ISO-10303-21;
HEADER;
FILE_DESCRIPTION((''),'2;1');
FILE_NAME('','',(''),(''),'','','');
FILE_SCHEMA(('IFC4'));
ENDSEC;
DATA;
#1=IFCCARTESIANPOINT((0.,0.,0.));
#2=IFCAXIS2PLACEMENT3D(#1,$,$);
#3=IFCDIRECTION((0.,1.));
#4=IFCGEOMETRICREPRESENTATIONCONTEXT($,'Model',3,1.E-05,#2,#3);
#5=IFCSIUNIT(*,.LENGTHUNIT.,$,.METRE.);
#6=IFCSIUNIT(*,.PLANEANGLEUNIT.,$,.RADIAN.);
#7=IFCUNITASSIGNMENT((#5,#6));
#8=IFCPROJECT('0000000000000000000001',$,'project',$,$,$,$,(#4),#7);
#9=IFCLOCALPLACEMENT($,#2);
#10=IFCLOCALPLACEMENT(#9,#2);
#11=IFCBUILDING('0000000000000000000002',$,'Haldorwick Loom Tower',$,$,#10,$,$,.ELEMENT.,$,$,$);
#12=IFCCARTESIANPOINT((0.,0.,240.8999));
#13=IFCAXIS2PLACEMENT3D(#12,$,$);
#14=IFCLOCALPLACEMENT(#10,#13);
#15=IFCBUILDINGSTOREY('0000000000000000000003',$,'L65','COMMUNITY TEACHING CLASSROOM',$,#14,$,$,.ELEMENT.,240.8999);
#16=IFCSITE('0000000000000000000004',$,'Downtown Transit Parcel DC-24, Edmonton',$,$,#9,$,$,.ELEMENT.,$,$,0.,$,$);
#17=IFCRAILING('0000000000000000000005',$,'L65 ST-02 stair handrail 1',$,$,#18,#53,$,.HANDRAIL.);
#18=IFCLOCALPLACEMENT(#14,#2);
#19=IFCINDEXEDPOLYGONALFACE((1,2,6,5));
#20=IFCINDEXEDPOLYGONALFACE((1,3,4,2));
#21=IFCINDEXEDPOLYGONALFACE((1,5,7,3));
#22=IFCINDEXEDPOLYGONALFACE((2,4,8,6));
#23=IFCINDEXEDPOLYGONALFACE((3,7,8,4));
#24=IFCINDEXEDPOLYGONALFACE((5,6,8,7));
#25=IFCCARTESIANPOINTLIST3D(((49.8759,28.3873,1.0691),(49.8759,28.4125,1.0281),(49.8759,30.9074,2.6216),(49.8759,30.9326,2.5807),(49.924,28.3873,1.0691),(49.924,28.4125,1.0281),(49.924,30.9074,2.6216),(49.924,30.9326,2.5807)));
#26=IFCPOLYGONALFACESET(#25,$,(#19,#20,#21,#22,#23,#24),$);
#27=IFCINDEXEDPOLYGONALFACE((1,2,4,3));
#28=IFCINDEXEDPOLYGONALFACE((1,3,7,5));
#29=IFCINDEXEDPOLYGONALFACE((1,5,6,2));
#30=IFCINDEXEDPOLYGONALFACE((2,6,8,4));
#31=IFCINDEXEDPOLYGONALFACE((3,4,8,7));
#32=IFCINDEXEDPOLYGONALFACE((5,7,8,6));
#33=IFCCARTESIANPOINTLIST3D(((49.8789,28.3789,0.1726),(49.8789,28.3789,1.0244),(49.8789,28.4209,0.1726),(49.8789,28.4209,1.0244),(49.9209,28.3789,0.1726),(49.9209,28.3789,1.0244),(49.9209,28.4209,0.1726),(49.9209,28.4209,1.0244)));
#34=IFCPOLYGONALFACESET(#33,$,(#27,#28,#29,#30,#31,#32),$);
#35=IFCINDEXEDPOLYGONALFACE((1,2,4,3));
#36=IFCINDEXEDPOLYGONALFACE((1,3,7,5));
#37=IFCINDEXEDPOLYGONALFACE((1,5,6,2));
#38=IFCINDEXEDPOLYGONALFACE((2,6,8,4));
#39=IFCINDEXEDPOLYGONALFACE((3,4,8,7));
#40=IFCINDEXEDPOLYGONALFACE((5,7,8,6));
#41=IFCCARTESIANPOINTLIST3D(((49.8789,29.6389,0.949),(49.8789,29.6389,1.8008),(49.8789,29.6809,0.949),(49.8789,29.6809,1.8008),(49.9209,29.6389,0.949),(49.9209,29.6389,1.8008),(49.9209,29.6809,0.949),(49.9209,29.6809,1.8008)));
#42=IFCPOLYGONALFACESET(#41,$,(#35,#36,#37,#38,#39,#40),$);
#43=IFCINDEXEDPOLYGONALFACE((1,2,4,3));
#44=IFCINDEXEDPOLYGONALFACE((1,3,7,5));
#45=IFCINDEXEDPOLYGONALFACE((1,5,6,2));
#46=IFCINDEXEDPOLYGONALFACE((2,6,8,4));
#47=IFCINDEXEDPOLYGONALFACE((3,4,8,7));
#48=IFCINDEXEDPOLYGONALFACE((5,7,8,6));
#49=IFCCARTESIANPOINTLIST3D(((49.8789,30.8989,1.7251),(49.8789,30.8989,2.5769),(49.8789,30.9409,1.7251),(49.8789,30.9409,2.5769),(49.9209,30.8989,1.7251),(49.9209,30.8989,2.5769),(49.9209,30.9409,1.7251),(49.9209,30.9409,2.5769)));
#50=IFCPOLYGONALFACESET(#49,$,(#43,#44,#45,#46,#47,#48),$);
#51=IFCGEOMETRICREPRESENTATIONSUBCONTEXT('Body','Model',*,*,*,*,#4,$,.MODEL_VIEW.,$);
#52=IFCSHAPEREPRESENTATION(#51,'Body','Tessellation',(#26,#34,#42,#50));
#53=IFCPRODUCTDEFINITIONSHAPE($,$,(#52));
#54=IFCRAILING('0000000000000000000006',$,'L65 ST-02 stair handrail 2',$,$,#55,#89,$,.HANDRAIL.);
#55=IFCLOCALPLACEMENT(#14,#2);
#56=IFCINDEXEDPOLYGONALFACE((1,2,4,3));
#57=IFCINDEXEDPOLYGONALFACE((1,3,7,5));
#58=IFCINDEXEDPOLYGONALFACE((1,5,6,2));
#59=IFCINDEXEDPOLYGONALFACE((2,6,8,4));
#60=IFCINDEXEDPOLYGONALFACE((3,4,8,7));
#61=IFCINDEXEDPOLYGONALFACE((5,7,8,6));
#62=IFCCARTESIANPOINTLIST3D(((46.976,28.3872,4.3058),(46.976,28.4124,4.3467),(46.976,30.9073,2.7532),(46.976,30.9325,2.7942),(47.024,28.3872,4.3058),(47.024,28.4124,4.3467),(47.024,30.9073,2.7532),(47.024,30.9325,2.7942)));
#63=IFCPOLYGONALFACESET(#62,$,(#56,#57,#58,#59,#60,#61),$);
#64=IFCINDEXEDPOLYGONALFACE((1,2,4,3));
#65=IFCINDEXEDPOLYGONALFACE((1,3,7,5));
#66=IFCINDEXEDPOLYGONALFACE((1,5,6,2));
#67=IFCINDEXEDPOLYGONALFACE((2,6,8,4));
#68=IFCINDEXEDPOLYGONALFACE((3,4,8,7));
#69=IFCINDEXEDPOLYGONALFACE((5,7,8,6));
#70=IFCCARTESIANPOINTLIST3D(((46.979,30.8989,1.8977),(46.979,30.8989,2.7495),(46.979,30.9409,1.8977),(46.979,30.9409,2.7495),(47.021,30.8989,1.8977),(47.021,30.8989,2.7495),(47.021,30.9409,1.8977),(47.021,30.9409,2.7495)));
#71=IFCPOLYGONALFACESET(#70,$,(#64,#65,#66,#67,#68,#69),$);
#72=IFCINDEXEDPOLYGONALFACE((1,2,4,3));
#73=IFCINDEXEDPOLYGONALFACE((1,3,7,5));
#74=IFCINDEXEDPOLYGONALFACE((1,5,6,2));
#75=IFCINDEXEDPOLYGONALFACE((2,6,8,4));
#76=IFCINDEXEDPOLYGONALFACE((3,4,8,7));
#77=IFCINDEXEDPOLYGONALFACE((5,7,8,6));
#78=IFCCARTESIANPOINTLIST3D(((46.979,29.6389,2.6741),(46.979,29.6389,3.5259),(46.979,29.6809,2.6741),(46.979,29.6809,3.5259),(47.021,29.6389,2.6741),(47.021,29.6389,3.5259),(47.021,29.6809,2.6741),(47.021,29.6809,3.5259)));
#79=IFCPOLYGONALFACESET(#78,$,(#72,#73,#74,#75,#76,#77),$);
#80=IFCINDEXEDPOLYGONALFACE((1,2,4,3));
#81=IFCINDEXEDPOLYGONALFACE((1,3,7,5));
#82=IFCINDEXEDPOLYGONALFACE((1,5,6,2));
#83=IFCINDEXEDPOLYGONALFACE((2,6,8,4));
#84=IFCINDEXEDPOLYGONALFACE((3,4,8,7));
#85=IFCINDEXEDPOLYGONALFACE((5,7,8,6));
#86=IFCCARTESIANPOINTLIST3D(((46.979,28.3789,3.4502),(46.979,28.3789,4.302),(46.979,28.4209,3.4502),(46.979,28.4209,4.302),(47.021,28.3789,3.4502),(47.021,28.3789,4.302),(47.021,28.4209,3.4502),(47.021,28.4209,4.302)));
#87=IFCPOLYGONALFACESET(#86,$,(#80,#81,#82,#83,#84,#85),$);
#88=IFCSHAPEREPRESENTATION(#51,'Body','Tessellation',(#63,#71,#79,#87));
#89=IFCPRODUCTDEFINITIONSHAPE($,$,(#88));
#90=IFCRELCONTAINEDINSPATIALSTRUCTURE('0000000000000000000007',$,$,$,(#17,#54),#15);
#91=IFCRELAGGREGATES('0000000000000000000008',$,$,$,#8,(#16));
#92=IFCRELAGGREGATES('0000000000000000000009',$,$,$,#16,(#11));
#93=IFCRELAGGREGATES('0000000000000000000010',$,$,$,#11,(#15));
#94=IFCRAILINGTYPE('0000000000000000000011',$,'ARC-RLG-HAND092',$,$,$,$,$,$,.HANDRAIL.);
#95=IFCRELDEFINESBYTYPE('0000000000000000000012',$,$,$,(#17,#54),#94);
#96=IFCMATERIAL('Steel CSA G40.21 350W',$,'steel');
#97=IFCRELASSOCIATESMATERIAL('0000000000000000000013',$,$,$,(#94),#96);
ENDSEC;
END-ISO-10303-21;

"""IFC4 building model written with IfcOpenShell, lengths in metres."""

from ifc_helpers import new_model, si_unit, direction, frame, origin, origin_2d, place, context, subcontext, project, spatial, rectangle, extrude, material, type_object, element, save


model = new_model("IFC4")

# Units and contexts
model_context = context("Model", 3, precision=1e-05, world=origin(), true_north=direction((0.0, 1.0)))
body_context = subcontext(model_context, "Body", "Model", "MODEL_VIEW")
ifc_project = project(units=[si_unit("LENGTHUNIT", "METRE"), si_unit("PLANEANGLEUNIT", "RADIAN")], contexts=[model_context])

# Site, building, storey
site_placement = place(None, origin())
site = spatial("IfcSite", under=ifc_project, at=site_placement, Name="Downtown Transit Parcel DC-24, Edmonton", CompositionType="ELEMENT", RefElevation=0.0)
building_placement = place(site_placement, origin())
building = spatial("IfcBuilding", under=site, at=building_placement, Name="Haldorwick Loom Tower", CompositionType="ELEMENT")
storey_placement = place(building_placement, frame((0.0, 0.0, 240.8999)))
storey = spatial("IfcBuildingStorey", under=building, at=storey_placement, Name="L65", Description="COMMUNITY TEACHING CLASSROOM", CompositionType="ELEMENT", Elevation=240.8999)

# Shared definitions
ifc_material_1 = material(Name="Steel CSA G40.21 350W", Category="steel")

# Railings
railing_type_1 = type_object("IfcRailingType", Name="ARC-RLG-HAND092", PredefinedType="HANDRAIL", material=ifc_material_1)
railing_1_placement = place(storey_placement, frame((49.8999, 28.3999, 0.1726)))
element("IfcRailing", 1, at=railing_1_placement, inside=storey, type_object=railing_type_1, Name="L65 ST-02 stair handrail 1", PredefinedType="HANDRAIL", context=body_context, shape_type="SweptSolid", body=[
    extrude(rectangle(XDim=0.0481, YDim=0.0481, at=origin_2d()), frame((0.0, 0.0, 0.876), z_axis=(0.0, 0.8514, 0.524516), x_axis=(-1.0, 0.0, 0.0)), (0.0, 0.0, 1.0), 2.96),
    extrude(rectangle(XDim=0.042, YDim=0.042, at=origin_2d()), origin(), (0.0, 0.0, 1.0), 0.8518),
    extrude(rectangle(XDim=0.042, YDim=0.042, at=origin_2d()), frame((0.0, 1.26, 0.7764)), (0.0, 0.0, 1.0), 0.8518),
    extrude(rectangle(XDim=0.042, YDim=0.042, at=origin_2d()), frame((0.0, 2.52, 1.5525)), (0.0, 0.0, 1.0), 0.8518),
])
railing_2_placement = place(storey_placement, frame((47.0, 30.9199, 1.8977)))
element("IfcRailing", 2, at=railing_2_placement, inside=storey, type_object=railing_type_1, Name="L65 ST-02 stair handrail 2", PredefinedType="HANDRAIL", context=body_context, shape_type="SweptSolid", body=[
    extrude(rectangle(XDim=0.0481, YDim=0.0481, at=origin_2d()), frame((0.0, 0.0, 0.876), z_axis=(0.0, -0.8514, 0.524516), x_axis=(1.0, 0.0, 0.0)), (0.0, 0.0, 1.0), 2.96),
    extrude(rectangle(XDim=0.042, YDim=0.042, at=origin_2d()), origin(), (0.0, 0.0, 1.0), 0.8518),
    extrude(rectangle(XDim=0.042, YDim=0.042, at=origin_2d()), frame((0.0, -1.26, 0.7764)), (0.0, 0.0, 1.0), 0.8518),
    extrude(rectangle(XDim=0.042, YDim=0.042, at=origin_2d()), frame((0.0, -2.52, 1.5525)), (0.0, 0.0, 1.0), 0.8518),
])

save(model, "model.ifc")
